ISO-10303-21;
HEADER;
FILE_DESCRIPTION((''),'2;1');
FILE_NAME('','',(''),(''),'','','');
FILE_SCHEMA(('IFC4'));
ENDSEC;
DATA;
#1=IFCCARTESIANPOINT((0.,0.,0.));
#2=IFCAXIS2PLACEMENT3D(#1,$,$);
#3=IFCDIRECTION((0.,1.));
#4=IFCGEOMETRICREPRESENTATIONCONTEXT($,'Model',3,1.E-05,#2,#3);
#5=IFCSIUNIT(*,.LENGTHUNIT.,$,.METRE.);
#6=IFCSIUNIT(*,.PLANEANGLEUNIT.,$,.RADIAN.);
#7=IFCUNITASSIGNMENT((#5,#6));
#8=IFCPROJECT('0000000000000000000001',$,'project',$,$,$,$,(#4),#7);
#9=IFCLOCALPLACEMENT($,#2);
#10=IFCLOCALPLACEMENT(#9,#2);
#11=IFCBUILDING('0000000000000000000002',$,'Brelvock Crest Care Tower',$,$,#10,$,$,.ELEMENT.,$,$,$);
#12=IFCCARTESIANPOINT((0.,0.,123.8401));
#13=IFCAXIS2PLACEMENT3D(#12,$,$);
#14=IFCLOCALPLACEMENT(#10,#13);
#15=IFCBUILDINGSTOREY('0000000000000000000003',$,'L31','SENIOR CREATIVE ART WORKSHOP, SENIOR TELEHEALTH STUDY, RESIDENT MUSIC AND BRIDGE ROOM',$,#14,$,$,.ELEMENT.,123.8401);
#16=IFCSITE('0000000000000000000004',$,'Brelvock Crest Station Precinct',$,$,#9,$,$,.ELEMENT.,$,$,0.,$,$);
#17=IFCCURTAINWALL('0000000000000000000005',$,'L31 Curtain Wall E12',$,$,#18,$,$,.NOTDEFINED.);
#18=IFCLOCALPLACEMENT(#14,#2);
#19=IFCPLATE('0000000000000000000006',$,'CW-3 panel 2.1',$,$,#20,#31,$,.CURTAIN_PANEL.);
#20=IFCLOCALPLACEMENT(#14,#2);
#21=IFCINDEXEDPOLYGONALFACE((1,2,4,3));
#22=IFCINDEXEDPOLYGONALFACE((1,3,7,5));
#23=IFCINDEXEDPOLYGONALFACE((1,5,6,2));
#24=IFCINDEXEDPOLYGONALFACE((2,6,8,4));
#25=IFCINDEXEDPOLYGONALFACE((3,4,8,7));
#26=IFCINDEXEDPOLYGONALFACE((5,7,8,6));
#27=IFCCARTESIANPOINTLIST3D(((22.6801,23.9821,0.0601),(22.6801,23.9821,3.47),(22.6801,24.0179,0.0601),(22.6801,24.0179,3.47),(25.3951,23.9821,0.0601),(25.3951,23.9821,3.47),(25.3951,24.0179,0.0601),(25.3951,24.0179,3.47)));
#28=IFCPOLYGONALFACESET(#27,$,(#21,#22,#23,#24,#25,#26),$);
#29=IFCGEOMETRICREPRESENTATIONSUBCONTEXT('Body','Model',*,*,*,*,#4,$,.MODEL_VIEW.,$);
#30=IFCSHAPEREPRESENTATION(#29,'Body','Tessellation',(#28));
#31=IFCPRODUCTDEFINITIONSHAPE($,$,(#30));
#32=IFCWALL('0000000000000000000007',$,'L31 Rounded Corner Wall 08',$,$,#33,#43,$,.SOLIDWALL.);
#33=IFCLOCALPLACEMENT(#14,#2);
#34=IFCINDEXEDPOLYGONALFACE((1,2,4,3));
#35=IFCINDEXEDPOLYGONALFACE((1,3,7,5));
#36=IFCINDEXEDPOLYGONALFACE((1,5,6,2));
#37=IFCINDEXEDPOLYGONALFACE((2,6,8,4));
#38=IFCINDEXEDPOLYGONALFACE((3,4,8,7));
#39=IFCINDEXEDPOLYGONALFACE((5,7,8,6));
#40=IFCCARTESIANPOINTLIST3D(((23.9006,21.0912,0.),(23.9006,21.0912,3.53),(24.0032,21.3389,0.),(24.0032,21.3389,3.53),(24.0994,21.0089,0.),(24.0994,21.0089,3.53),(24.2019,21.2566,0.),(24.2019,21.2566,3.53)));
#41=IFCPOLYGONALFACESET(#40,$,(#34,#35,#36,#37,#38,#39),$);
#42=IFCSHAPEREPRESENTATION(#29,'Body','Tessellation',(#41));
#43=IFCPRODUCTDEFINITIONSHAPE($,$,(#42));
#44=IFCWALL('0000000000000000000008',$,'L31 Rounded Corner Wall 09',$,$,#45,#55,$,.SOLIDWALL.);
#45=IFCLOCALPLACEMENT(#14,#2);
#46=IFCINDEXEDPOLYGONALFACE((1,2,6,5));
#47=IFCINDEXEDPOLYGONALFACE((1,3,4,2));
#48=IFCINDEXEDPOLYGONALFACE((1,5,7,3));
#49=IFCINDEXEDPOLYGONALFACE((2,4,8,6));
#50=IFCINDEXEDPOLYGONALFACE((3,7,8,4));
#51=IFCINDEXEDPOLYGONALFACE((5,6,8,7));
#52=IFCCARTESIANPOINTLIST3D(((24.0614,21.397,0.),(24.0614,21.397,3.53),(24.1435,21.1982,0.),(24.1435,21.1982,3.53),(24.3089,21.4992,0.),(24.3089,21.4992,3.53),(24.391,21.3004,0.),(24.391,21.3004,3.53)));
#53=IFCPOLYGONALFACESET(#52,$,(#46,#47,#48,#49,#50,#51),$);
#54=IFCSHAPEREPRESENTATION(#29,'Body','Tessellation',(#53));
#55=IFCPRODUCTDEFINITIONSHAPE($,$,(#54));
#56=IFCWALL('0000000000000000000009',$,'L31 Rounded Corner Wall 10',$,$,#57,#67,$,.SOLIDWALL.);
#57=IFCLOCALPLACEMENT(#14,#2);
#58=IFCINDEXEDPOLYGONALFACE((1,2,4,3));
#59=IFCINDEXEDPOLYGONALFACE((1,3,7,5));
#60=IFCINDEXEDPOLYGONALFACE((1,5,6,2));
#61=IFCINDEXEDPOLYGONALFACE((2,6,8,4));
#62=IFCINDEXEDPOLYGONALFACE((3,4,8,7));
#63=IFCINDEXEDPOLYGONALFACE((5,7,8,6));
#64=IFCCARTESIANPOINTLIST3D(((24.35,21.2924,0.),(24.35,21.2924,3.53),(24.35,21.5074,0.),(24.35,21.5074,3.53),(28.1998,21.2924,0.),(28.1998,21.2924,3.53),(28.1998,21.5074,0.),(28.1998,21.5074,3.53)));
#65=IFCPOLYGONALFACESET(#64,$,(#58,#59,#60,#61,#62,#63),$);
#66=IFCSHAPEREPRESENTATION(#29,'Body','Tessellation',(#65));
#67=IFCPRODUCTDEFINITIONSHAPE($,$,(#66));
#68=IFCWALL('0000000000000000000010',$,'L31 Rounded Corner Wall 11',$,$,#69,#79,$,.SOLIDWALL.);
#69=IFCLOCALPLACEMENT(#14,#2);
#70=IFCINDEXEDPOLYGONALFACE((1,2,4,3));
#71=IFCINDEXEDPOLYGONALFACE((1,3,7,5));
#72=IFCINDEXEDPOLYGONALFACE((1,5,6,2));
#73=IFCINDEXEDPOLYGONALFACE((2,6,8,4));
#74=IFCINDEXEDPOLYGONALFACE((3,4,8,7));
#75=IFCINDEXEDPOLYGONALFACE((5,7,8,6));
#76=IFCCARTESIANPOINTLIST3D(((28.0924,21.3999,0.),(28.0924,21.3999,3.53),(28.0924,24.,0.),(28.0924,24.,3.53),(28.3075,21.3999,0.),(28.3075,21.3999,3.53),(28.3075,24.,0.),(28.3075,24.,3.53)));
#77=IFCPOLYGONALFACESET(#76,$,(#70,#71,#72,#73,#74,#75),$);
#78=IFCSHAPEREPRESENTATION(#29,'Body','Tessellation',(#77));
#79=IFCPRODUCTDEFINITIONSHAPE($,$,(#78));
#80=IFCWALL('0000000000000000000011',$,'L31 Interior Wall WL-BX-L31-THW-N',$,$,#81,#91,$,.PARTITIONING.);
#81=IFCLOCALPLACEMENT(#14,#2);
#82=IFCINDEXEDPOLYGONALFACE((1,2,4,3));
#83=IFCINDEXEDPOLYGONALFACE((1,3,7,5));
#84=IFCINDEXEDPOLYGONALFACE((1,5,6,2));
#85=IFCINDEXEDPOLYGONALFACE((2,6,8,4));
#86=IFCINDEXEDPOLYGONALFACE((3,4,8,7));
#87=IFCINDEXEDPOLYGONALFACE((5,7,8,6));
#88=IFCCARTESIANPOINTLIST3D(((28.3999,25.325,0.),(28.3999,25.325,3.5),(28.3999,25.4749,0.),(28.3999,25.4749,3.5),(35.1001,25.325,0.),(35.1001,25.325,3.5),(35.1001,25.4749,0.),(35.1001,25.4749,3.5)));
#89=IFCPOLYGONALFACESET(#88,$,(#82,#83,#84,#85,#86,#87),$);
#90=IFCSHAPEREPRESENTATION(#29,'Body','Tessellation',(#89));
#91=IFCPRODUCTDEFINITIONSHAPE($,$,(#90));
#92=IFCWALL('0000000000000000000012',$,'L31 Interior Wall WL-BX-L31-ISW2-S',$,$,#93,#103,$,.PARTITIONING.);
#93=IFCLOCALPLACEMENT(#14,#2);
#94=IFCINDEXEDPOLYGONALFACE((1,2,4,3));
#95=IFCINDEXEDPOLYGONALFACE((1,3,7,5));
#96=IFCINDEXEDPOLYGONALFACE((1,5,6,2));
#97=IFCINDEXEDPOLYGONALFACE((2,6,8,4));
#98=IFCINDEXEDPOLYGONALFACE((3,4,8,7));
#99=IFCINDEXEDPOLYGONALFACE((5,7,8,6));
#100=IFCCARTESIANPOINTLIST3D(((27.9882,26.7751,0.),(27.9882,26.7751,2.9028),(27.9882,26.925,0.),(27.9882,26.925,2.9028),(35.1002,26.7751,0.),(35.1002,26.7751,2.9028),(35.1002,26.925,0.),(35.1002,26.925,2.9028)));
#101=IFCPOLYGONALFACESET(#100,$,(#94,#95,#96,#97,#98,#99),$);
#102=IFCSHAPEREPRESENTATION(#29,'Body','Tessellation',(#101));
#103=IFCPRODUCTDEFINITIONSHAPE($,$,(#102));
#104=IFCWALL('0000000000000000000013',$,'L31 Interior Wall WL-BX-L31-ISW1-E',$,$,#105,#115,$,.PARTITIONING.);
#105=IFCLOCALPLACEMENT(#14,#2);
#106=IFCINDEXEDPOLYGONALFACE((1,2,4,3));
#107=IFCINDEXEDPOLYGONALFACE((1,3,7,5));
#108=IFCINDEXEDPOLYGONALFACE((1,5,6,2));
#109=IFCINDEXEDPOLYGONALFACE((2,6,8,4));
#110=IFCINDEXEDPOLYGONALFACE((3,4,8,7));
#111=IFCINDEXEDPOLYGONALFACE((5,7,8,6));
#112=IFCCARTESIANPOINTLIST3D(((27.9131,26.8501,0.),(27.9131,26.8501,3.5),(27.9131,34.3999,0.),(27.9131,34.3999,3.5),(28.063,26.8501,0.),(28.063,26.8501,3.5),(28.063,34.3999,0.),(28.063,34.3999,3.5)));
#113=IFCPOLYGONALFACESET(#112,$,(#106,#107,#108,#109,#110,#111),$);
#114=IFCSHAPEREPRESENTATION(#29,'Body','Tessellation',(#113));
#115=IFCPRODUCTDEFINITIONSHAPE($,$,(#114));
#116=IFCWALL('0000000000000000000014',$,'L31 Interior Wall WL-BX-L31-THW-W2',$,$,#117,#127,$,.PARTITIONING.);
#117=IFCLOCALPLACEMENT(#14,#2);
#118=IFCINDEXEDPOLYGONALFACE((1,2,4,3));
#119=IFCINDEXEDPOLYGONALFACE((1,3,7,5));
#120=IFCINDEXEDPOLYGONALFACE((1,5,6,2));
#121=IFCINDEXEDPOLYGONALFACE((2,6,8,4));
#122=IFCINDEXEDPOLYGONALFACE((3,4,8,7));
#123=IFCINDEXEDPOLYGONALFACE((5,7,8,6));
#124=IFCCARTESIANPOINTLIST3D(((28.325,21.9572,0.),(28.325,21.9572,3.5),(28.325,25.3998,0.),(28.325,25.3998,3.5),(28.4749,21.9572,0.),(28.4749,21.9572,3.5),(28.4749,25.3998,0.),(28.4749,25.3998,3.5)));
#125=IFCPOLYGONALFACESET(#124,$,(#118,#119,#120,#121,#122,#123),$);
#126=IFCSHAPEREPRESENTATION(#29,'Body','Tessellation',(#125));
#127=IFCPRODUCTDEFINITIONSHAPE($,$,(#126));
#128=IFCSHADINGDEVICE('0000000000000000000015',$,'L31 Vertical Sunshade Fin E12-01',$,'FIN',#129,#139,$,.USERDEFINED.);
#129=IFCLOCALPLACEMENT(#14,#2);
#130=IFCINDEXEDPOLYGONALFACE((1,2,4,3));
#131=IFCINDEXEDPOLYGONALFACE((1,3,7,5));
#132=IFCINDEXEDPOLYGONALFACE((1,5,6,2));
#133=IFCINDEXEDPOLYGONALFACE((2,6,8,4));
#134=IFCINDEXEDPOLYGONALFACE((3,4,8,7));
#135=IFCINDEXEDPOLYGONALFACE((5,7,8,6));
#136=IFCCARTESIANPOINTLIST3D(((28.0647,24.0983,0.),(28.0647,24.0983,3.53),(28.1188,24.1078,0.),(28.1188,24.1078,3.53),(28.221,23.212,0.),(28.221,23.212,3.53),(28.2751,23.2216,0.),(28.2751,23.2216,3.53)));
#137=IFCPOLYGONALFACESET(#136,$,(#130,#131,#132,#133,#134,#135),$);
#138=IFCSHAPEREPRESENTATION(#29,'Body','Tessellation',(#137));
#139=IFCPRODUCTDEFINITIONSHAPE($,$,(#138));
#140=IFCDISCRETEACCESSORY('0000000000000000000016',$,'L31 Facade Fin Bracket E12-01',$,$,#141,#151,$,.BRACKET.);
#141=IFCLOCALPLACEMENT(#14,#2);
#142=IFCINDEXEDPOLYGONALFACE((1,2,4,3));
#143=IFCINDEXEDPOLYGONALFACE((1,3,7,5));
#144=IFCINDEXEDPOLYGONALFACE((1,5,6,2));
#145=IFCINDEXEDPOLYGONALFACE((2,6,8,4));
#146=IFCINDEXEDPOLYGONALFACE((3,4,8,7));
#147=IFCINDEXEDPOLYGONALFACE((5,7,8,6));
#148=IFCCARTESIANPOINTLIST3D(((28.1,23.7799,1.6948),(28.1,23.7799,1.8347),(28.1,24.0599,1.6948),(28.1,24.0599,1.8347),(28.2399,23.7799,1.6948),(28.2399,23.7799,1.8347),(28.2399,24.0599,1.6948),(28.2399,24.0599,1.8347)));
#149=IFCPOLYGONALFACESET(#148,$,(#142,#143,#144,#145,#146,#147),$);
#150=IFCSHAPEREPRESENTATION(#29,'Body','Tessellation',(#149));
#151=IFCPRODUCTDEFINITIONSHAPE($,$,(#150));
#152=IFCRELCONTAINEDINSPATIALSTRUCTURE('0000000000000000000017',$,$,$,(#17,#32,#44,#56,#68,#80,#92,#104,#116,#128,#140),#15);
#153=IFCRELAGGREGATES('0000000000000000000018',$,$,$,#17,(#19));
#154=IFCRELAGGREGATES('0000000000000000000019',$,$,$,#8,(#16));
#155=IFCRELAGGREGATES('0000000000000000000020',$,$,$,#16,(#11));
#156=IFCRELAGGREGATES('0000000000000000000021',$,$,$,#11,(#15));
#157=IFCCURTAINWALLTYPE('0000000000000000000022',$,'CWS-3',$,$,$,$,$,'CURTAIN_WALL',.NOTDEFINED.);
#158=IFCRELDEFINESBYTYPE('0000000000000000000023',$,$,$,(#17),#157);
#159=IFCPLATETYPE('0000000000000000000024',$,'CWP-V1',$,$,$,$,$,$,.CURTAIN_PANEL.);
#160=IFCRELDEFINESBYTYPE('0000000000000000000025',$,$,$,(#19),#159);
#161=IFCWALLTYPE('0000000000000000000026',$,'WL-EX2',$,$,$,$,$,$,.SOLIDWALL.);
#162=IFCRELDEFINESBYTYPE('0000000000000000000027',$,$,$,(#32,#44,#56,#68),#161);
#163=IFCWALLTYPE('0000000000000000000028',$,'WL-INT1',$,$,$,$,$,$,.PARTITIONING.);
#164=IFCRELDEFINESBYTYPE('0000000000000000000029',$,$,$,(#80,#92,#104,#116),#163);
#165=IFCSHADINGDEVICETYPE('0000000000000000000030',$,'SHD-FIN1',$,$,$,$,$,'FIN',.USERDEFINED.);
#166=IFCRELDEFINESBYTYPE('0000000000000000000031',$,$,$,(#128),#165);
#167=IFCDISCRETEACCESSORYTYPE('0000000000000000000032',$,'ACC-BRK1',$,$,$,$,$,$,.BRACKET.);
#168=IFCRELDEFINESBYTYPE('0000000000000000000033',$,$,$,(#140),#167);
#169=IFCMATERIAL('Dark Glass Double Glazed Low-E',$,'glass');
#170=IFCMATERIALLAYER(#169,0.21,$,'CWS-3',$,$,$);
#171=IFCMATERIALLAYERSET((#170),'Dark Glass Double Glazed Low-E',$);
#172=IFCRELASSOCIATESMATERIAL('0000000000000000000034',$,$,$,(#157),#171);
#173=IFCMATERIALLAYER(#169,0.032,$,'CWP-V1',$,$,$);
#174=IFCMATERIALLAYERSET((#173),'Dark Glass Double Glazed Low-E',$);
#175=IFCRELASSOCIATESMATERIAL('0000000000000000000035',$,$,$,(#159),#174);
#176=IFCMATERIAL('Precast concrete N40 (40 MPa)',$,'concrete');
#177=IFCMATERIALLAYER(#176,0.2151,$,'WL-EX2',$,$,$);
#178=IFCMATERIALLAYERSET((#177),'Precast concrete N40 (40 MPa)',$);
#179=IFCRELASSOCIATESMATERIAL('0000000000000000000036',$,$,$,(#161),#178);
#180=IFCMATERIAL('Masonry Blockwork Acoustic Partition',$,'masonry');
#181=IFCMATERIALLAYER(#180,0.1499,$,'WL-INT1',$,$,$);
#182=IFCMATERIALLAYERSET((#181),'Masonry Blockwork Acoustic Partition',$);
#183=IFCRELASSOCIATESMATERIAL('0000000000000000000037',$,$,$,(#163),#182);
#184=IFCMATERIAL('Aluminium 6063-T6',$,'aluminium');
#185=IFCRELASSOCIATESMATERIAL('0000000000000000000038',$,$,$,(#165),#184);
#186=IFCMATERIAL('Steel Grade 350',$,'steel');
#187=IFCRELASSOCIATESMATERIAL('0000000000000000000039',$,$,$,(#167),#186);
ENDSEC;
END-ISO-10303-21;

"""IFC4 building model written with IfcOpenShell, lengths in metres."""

from ifc_helpers import new_model, si_unit, direction, frame, frame_2d, origin, origin_2d, place, context, subcontext, project, spatial, rectangle, extrude, source, transform, mapped, material, layer, layer_set, material_profile, profile_set, type_object, element, aggregate, save


model = new_model("IFC4")

# Units and contexts
model_context = context("Model", 3, precision=1e-05, world=origin(), true_north=direction((0.0, 1.0)))
body_context = subcontext(model_context, "Body", "Model", "MODEL_VIEW")
ifc_project = project(units=[si_unit("LENGTHUNIT", "METRE"), si_unit("PLANEANGLEUNIT", "RADIAN")], contexts=[model_context])

# Site, building, storey
site_placement = place(None, origin())
site = spatial("IfcSite", under=ifc_project, at=site_placement, Name="Brelvock Crest Station Precinct", CompositionType="ELEMENT", RefElevation=0.0)
building_placement = place(site_placement, origin())
building = spatial("IfcBuilding", under=site, at=building_placement, Name="Brelvock Crest Care Tower", CompositionType="ELEMENT")
storey_placement = place(building_placement, frame((0.0, 0.0, 123.8401)))
storey = spatial("IfcBuildingStorey", under=building, at=storey_placement, Name="L31", Description="SENIOR CREATIVE ART WORKSHOP, SENIOR TELEHEALTH STUDY, RESIDENT MUSIC AND BRIDGE ROOM", CompositionType="ELEMENT", Elevation=123.8401)

# Shared definitions
ifc_material_1 = material(Name="Steel Grade 350", Category="steel")

# Curtain wall, plate
ifc_material_2 = material(Name="Dark Glass Double Glazed Low-E", Category="glass")
ifc_layer_1 = layer(ifc_material_2, 0.21, Name="CWS-3")
ifc_layer_set_1 = layer_set([ifc_layer_1], Name="Dark Glass Double Glazed Low-E")
curtain_wall_type = type_object("IfcCurtainWallType", Name="CWS-3", ElementType="CURTAIN_WALL", PredefinedType="NOTDEFINED", material=ifc_layer_set_1)
curtain_wall_placement = place(storey_placement, origin())
curtain_wall = element("IfcCurtainWall", 1, at=curtain_wall_placement, inside=storey, type_object=curtain_wall_type, Name="L31 Curtain Wall E12", PredefinedType="NOTDEFINED")
ifc_material_3 = material(Name="Aluminium 6063-T6", Category="aluminium")
ifc_layer_2 = layer(ifc_material_2, 0.032, Name="CWP-V1")
ifc_layer_set_2 = layer_set([ifc_layer_2], Name="Dark Glass Double Glazed Low-E")
plate_type = type_object("IfcPlateType", Name="CWP-V1", PredefinedType="CURTAIN_PANEL", material=ifc_layer_set_2)
shared_shape_1 = source(origin(), body_context, "Body", "SweptSolid", [
    extrude(rectangle(XDim=2.7151, YDim=0.0359, at=origin_2d()), origin(), (0.0, 0.0, 1.0), 3.4099),
])
plate_1_placement = place(storey_placement, frame((24.0376, 24.0, 0.0601), z_axis=(0.0, 0.0, 1.0), x_axis=(-1.0, 0.0, 0.0)))
plate_1 = element("IfcPlate", 2, at=plate_1_placement, type_object=plate_type, Name="CW-3 panel 2.1", PredefinedType="CURTAIN_PANEL", context=body_context, shape_type="MappedRepresentation", body=[
    mapped(shared_shape_1, transform((0.0, 0.0, 0.0), x_axis=(1.0, 0.0, 0.0), y_axis=(0.0, 1.0, 0.0), z_axis=(0.0, 0.0, 1.0), scale=1.0)),
])
aggregate(curtain_wall, [plate_1])

# Walls
ifc_material_4 = material(Name="Precast concrete N40 (40 MPa)", Category="concrete")
ifc_layer_3 = layer(ifc_material_4, 0.2151, Name="WL-EX2")
ifc_layer_set_3 = layer_set([ifc_layer_3], Name="Precast concrete N40 (40 MPa)")
wall_type_1 = type_object("IfcWallType", Name="WL-EX2", PredefinedType="SOLIDWALL", material=ifc_layer_set_3)
wall_1_placement = place(storey_placement, frame((24.0, 21.05, 0.0), z_axis=(0.0, 0.0, 1.0), x_axis=(0.382674, 0.923884, 0.0)))
element("IfcWall", 3, at=wall_1_placement, inside=storey, type_object=wall_type_1, Name="L31 Rounded Corner Wall 08", PredefinedType="SOLIDWALL", context=body_context, shape_type="SweptSolid", body=[
    extrude(rectangle(XDim=0.2681, YDim=0.2151, at=frame_2d((0.134, 0.0))), origin(), (0.0, 0.0, 1.0), 3.53),
])
wall_2_placement = place(storey_placement, frame((24.1025, 21.2976, 0.0), z_axis=(0.0, 0.0, 1.0), x_axis=(0.924205, 0.381896, 0.0)))
element("IfcWall", 4, at=wall_2_placement, inside=storey, type_object=wall_type_1, Name="L31 Rounded Corner Wall 09", PredefinedType="SOLIDWALL", context=body_context, shape_type="SweptSolid", body=[
    extrude(rectangle(XDim=0.2678, YDim=0.2151, at=frame_2d((0.1338, 0.0))), origin(), (0.0, 0.0, 1.0), 3.53),
])
wall_3_placement = place(storey_placement, frame((24.3501, 21.3999, 0.0), z_axis=(0.0, 0.0, 1.0), x_axis=(1.0, 0.0, 0.0)))
element("IfcWall", 5, at=wall_3_placement, inside=storey, type_object=wall_type_1, Name="L31 Rounded Corner Wall 10", PredefinedType="SOLIDWALL", context=body_context, shape_type="SweptSolid", body=[
    extrude(rectangle(XDim=3.8499, YDim=0.2151, at=frame_2d((1.9248, 0.0))), origin(), (0.0, 0.0, 1.0), 3.53),
])
wall_4_placement = place(storey_placement, frame((28.2, 21.3999, 0.0), z_axis=(0.0, 0.0, 1.0), x_axis=(0.0, 1.0, 0.0)))
element("IfcWall", 6, at=wall_4_placement, inside=storey, type_object=wall_type_1, Name="L31 Rounded Corner Wall 11", PredefinedType="SOLIDWALL", context=body_context, shape_type="SweptSolid", body=[
    extrude(rectangle(XDim=2.6001, YDim=0.2151, at=frame_2d((1.3, 0.0))), origin(), (0.0, 0.0, 1.0), 3.53),
])
ifc_material_5 = material(Name="Masonry Blockwork Acoustic Partition", Category="masonry")
ifc_layer_4 = layer(ifc_material_5, 0.1499, Name="WL-INT1")
ifc_layer_set_4 = layer_set([ifc_layer_4], Name="Masonry Blockwork Acoustic Partition")
wall_type_2 = type_object("IfcWallType", Name="WL-INT1", PredefinedType="PARTITIONING", material=ifc_layer_set_4)
wall_5_placement = place(storey_placement, frame((28.3999, 25.3999, 0.0), z_axis=(0.0, 0.0, 1.0), x_axis=(1.0, 0.0, 0.0)))
element("IfcWall", 7, at=wall_5_placement, inside=storey, type_object=wall_type_2, Name="L31 Interior Wall WL-BX-L31-THW-N", PredefinedType="PARTITIONING", context=body_context, shape_type="SweptSolid", body=[
    extrude(rectangle(XDim=6.7002, YDim=0.1499, at=frame_2d((3.3501, 0.0))), origin(), (0.0, 0.0, 1.0), 3.5),
])
wall_6_placement = place(storey_placement, frame((27.988, 26.8501, 0.0), z_axis=(0.0, 0.0, 1.0), x_axis=(1.0, 0.0, 0.0)))
element("IfcWall", 8, at=wall_6_placement, inside=storey, type_object=wall_type_2, Name="L31 Interior Wall WL-BX-L31-ISW2-S", PredefinedType="PARTITIONING", context=body_context, shape_type="SweptSolid", body=[
    extrude(rectangle(XDim=7.1121, YDim=0.1499, at=frame_2d((3.5562, 0.0))), origin(), (0.0, 0.0, 1.0), 2.9028),
])
wall_7_placement = place(storey_placement, frame((27.988, 26.8501, 0.0), z_axis=(0.0, 0.0, 1.0), x_axis=(0.0, 1.0, 0.0)))
element("IfcWall", 9, at=wall_7_placement, inside=storey, type_object=wall_type_2, Name="L31 Interior Wall WL-BX-L31-ISW1-E", PredefinedType="PARTITIONING", context=body_context, shape_type="SweptSolid", body=[
    extrude(rectangle(XDim=7.5498, YDim=0.1499, at=frame_2d((3.7749, 0.0))), origin(), (0.0, 0.0, 1.0), 3.5),
])
wall_8_placement = place(storey_placement, frame((28.3999, 21.9573, 0.0), z_axis=(0.0, 0.0, 1.0), x_axis=(0.0, 1.0, 0.0)))
element("IfcWall", 10, at=wall_8_placement, inside=storey, type_object=wall_type_2, Name="L31 Interior Wall WL-BX-L31-THW-W2", PredefinedType="PARTITIONING", context=body_context, shape_type="SweptSolid", body=[
    extrude(rectangle(XDim=3.4426, YDim=0.1499, at=frame_2d((1.7212, 0.0))), origin(), (0.0, 0.0, 1.0), 3.5),
])

# Shading device
ifc_material_profile_1 = material_profile(ifc_material_3, rectangle(XDim=0.0549, YDim=0.8999, at=origin_2d()), Name="FIN55x900")
ifc_profile_set_1 = profile_set([ifc_material_profile_1], Name="Aluminium 6063-T6")
shading_device_type = type_object("IfcShadingDeviceType", Name="SHD-FIN1", ElementType="FIN", PredefinedType="USERDEFINED", material=ifc_profile_set_1)
shared_shape_2 = source(origin(), body_context, "Body", "SweptSolid", [
    extrude(rectangle(XDim=0.0549, YDim=0.8999, at=origin_2d()), origin(), (0.0, 0.0, 1.0), 3.53),
])
shading_device_placement = place(storey_placement, frame((28.1699, 23.6599, 0.0), z_axis=(0.0, 0.0, 1.0), x_axis=(-0.984808, -0.173648, 0.0)))
element("IfcShadingDevice", 11, at=shading_device_placement, inside=storey, type_object=shading_device_type, Name="L31 Vertical Sunshade Fin E12-01", ObjectType="FIN", PredefinedType="USERDEFINED", context=body_context, shape_type="MappedRepresentation", body=[
    mapped(shared_shape_2, transform((0.0, 0.0, 0.0), x_axis=(1.0, 0.0, 0.0), y_axis=(0.0, 1.0, 0.0), z_axis=(0.0, 0.0, 1.0), scale=1.0)),
])

# Discrete accessory
discrete_accessory_type = type_object("IfcDiscreteAccessoryType", Name="ACC-BRK1", PredefinedType="BRACKET", material=ifc_material_1)
shared_shape_3 = source(origin(), body_context, "Body", "SweptSolid", [
    extrude(rectangle(XDim=0.28, YDim=0.1399, at=origin_2d()), origin(), (0.0, 0.0, 1.0), 0.1399),
])
discrete_accessory_placement = place(storey_placement, frame((28.1699, 23.9199, 1.6948), z_axis=(0.0, 0.0, 1.0), x_axis=(0.0, -1.0, 0.0)))
element("IfcDiscreteAccessory", 12, at=discrete_accessory_placement, inside=storey, type_object=discrete_accessory_type, Name="L31 Facade Fin Bracket E12-01", PredefinedType="BRACKET", context=body_context, shape_type="MappedRepresentation", body=[
    mapped(shared_shape_3, transform((0.0, 0.0, 0.0), x_axis=(1.0, 0.0, 0.0), y_axis=(0.0, 1.0, 0.0), z_axis=(0.0, 0.0, 1.0), scale=1.0)),
])

save(model, "model.ifc")
